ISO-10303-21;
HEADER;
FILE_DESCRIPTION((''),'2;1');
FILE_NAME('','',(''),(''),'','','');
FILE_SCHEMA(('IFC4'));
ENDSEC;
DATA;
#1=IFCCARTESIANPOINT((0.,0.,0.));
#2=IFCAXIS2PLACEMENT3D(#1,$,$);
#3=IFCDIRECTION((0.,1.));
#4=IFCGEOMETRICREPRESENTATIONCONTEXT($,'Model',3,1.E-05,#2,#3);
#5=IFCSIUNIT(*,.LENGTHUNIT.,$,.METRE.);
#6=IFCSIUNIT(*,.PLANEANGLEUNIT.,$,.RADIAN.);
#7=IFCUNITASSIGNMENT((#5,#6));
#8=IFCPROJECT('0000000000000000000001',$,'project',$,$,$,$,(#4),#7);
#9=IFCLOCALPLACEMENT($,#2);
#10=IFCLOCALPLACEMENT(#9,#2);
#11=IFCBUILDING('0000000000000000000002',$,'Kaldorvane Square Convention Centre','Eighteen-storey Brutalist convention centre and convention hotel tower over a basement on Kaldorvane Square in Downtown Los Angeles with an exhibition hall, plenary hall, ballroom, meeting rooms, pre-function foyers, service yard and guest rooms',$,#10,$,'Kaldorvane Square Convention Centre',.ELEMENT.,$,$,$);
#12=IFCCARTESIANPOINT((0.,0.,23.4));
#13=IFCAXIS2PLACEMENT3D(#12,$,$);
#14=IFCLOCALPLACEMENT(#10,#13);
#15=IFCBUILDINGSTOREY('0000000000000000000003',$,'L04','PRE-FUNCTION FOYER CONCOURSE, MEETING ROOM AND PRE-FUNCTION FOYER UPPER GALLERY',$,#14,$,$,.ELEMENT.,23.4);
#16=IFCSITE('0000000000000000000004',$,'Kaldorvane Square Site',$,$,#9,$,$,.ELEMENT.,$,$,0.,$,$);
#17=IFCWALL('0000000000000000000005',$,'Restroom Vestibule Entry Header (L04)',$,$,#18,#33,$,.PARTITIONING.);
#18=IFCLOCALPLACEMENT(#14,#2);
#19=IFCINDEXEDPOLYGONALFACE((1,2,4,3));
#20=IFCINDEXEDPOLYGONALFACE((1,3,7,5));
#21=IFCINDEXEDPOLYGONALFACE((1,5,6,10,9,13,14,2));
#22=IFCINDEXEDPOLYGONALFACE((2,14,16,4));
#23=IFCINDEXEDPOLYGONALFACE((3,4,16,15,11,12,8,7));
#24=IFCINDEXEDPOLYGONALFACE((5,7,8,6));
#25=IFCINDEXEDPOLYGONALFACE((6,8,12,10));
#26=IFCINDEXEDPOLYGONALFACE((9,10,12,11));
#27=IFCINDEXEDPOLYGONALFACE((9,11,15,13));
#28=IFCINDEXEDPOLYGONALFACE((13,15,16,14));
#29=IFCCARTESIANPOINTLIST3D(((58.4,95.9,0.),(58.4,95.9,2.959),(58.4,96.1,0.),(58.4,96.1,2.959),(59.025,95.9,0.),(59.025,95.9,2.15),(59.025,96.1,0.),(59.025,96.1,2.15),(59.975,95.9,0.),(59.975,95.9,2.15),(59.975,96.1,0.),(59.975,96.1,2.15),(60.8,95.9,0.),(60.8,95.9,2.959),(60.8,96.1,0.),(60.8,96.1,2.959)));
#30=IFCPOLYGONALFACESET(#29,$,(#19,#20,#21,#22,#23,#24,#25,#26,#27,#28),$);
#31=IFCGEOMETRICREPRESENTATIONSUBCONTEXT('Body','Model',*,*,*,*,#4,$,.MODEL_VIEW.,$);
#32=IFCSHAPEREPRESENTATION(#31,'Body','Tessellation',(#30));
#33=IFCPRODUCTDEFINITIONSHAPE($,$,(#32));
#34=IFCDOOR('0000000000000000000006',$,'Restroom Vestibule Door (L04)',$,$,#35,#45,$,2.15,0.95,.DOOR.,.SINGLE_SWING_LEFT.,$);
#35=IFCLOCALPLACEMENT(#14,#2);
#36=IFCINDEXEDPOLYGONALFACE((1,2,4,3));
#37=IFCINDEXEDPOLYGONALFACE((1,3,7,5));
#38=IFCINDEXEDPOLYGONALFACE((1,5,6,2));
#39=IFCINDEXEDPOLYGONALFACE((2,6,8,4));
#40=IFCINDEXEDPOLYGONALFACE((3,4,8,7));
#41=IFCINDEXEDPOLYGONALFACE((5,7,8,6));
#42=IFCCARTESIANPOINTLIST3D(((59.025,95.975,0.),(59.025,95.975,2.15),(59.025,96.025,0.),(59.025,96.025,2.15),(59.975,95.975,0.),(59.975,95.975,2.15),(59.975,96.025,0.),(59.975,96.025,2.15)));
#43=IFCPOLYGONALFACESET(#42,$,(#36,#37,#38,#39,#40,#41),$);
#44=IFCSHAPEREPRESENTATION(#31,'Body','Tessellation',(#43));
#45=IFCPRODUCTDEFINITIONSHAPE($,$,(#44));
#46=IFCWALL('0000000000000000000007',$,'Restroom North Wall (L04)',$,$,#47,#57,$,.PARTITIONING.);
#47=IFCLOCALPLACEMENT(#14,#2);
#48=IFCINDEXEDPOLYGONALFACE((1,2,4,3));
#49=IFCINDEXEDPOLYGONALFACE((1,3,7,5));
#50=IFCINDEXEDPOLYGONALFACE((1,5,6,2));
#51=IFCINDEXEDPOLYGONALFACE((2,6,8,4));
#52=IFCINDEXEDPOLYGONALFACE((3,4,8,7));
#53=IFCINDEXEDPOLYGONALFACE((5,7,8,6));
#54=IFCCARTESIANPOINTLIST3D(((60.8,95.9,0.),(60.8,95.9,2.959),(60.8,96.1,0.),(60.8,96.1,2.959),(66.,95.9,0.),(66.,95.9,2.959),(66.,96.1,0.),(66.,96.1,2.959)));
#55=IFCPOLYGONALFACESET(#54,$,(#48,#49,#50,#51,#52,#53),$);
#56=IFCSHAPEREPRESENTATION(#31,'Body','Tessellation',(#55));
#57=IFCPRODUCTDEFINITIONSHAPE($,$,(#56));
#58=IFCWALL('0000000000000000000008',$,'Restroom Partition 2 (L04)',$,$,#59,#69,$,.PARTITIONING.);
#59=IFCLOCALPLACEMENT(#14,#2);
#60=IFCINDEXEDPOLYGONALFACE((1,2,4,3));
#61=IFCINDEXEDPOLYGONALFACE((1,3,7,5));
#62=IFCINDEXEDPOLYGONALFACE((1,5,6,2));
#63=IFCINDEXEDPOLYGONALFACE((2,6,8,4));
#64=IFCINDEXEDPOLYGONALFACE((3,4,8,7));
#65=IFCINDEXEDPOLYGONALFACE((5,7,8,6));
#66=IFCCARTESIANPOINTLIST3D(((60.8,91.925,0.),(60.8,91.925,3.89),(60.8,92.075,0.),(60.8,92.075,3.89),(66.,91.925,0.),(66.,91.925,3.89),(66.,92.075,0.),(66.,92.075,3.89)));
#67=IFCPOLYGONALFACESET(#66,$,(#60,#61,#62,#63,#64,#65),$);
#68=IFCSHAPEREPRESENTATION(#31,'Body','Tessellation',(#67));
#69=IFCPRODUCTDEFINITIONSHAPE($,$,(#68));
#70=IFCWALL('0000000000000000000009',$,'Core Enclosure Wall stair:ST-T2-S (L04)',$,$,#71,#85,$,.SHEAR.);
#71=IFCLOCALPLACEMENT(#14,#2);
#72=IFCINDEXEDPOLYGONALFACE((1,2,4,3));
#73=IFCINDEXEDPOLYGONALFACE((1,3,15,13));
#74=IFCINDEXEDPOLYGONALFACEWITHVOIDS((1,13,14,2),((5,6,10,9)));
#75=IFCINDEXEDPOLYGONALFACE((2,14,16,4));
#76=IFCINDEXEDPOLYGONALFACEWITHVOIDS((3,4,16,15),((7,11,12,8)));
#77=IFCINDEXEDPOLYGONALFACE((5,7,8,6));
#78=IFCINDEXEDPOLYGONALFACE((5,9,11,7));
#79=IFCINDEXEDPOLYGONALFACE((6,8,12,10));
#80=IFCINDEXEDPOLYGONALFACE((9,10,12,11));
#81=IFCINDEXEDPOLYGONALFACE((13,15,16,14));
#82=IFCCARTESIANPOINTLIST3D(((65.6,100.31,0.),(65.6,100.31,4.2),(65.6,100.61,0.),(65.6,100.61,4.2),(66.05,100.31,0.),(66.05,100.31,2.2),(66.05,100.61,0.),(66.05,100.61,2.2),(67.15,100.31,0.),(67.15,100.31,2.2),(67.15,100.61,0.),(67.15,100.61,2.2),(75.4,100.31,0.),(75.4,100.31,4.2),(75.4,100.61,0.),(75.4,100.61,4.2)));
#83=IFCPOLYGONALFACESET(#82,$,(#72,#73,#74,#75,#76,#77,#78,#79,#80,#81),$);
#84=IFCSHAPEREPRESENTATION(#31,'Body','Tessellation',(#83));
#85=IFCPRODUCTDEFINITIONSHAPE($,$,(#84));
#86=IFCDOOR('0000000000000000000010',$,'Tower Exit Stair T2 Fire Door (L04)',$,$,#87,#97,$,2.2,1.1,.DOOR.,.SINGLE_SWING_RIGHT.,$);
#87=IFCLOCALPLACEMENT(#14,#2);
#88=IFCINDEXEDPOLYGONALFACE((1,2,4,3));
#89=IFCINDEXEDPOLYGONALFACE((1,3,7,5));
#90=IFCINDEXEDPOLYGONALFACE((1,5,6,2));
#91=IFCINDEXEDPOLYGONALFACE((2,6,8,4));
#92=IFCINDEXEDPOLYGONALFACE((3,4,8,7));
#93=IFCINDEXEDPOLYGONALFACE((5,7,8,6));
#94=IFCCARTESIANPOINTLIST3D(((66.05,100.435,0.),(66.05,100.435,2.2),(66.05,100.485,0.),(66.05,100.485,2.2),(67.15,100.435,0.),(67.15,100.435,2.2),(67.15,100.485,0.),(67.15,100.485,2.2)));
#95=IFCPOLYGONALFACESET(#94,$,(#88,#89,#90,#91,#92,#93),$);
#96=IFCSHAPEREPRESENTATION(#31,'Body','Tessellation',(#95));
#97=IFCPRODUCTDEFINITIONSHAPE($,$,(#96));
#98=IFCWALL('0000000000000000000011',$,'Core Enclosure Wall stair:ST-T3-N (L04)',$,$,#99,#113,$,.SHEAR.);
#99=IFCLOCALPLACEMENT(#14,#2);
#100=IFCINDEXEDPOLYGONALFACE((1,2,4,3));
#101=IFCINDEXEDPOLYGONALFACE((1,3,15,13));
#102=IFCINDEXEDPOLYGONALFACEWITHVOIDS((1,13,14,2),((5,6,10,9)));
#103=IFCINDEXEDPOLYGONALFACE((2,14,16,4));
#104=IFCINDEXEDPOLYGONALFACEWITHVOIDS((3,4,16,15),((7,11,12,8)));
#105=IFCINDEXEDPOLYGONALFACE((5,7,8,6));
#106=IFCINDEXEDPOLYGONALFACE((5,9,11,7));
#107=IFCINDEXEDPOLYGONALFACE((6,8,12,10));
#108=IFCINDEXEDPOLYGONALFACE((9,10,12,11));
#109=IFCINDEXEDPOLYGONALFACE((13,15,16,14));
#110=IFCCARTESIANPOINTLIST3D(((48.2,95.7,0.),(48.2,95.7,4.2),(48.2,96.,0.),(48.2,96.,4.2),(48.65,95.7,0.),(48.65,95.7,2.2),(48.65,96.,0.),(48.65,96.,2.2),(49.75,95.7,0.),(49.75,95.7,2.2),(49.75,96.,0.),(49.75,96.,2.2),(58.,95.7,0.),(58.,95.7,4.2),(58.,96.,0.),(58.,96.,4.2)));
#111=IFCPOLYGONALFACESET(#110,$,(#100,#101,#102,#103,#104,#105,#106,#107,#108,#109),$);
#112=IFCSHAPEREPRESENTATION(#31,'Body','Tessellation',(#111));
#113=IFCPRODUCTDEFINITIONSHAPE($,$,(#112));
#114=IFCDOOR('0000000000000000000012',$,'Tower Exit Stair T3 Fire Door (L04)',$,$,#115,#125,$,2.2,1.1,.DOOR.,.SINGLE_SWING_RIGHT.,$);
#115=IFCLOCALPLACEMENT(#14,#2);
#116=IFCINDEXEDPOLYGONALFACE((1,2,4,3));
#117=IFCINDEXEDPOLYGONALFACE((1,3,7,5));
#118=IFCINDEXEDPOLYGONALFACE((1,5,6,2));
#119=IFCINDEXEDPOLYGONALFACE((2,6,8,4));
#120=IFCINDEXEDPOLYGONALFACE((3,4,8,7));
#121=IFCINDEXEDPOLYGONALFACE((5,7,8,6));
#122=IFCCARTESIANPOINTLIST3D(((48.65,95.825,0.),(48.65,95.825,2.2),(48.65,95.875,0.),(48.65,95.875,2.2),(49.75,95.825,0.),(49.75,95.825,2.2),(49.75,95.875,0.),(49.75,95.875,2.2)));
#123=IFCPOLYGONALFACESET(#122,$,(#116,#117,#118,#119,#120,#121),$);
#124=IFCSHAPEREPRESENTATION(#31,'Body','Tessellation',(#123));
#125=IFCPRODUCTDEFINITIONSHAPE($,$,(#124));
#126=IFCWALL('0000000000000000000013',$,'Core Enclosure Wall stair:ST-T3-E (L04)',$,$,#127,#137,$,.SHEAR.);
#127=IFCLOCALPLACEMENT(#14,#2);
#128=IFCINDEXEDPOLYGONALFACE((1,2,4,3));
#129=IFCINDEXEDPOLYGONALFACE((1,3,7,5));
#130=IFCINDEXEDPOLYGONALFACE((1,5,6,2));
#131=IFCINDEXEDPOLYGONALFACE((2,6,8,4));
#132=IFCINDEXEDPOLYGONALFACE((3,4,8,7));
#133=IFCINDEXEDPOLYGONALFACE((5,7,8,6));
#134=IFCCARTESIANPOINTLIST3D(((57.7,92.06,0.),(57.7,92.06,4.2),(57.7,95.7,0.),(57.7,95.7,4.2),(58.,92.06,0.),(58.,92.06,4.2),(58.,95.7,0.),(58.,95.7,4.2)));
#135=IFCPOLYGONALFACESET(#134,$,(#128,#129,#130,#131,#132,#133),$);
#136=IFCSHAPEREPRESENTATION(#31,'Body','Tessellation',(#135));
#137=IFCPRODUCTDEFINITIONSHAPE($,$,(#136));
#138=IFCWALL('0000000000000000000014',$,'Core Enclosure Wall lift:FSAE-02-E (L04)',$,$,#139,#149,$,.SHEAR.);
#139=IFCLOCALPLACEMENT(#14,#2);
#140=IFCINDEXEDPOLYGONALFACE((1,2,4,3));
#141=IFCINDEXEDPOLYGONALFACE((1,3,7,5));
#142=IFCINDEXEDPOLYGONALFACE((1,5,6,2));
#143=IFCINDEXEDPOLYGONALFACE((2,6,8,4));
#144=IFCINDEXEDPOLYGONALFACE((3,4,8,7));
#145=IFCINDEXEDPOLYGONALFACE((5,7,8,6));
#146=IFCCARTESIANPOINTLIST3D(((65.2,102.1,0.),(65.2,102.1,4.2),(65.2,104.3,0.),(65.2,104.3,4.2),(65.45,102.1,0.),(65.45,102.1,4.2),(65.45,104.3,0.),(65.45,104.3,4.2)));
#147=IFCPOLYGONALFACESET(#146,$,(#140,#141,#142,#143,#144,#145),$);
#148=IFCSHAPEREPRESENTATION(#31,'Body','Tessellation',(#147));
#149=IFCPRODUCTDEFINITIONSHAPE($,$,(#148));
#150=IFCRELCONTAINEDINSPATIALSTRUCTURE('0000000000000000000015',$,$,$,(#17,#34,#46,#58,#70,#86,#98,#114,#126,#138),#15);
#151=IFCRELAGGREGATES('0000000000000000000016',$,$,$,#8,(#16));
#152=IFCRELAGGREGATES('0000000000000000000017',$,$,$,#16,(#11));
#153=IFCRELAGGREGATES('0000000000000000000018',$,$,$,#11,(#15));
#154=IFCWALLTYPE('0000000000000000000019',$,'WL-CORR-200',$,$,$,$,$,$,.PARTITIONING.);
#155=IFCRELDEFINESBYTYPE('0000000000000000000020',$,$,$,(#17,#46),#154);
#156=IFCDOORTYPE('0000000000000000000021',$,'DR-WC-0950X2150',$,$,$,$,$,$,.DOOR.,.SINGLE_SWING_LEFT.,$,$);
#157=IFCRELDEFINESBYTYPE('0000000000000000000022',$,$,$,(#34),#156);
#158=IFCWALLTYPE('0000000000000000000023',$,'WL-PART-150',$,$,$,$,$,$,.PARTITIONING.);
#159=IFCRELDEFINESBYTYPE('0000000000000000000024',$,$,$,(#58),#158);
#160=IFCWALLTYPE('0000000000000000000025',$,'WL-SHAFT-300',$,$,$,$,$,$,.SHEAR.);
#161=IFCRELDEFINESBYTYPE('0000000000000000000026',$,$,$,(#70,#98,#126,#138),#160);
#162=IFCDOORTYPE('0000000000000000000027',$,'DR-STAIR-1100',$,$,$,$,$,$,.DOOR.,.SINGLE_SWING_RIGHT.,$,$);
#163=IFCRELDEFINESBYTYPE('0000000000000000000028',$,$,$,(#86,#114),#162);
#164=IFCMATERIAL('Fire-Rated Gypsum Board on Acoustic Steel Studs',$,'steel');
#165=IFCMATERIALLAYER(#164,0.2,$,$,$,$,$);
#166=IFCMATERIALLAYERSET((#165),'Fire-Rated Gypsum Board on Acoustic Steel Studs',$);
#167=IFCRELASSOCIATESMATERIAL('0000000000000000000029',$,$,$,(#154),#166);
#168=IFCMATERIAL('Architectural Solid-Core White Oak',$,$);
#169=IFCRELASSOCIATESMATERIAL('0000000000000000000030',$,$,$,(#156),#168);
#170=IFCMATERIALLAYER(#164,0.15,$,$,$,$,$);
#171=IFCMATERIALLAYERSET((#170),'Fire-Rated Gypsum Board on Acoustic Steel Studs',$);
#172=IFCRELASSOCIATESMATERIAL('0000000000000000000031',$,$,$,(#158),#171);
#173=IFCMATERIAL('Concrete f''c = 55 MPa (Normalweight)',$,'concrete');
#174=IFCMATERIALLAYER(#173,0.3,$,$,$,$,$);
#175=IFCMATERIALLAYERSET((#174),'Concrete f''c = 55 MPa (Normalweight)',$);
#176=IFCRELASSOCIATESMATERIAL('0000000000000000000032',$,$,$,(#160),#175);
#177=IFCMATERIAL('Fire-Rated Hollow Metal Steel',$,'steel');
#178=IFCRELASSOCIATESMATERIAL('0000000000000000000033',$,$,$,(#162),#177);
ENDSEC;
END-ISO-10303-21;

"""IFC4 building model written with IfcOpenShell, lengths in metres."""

from ifc_helpers import new_model, si_unit, direction, frame, frame_2d, origin, place, context, subcontext, project, spatial, rectangle, extrude, material, layer, layer_set, type_object, element, fill, save


model = new_model("IFC4")

# Units and contexts
model_context = context("Model", 3, precision=1e-05, world=origin(), true_north=direction((0.0, 1.0)))
body_context = subcontext(model_context, "Body", "Model", "MODEL_VIEW")
ifc_project = project(units=[si_unit("LENGTHUNIT", "METRE"), si_unit("PLANEANGLEUNIT", "RADIAN")], contexts=[model_context])

# Site, building, storey
site_placement = place(None, origin())
site = spatial("IfcSite", under=ifc_project, at=site_placement, Name="Kaldorvane Square Site", CompositionType="ELEMENT", RefElevation=0.0)
building_placement = place(site_placement, origin())
building = spatial("IfcBuilding", under=site, at=building_placement, Name="Kaldorvane Square Convention Centre", Description="Eighteen-storey Brutalist convention centre and convention hotel tower over a basement on Kaldorvane Square in Downtown Los Angeles with an exhibition hall, plenary hall, ballroom, meeting rooms, pre-function foyers, service yard and guest rooms", LongName="Kaldorvane Square Convention Centre", CompositionType="ELEMENT")
storey_placement = place(building_placement, frame((0.0, 0.0, 23.4)))
storey = spatial("IfcBuildingStorey", under=building, at=storey_placement, Name="L04", Description="PRE-FUNCTION FOYER CONCOURSE, MEETING ROOM AND PRE-FUNCTION FOYER UPPER GALLERY", CompositionType="ELEMENT", Elevation=23.4)

# Wall, opening, door
ifc_material_1 = material(Name="Fire-Rated Gypsum Board on Acoustic Steel Studs", Category="steel")
ifc_layer_1 = layer(ifc_material_1, 0.2)
ifc_layer_set_1 = layer_set([ifc_layer_1], Name="Fire-Rated Gypsum Board on Acoustic Steel Studs")
wall_type_1 = type_object("IfcWallType", Name="WL-CORR-200", PredefinedType="PARTITIONING", material=ifc_layer_set_1)
wall_1_placement = place(storey_placement, frame((58.4, 96.0, 0.0), z_axis=(0.0, 0.0, 1.0), x_axis=(1.0, 0.0, 0.0)))
wall_1 = element("IfcWall", 1, at=wall_1_placement, inside=storey, type_object=wall_type_1, Name="Restroom Vestibule Entry Header (L04)", PredefinedType="PARTITIONING", context=body_context, shape_type="SweptSolid", body=[
    extrude(rectangle(XDim=2.4, YDim=0.2, at=frame_2d((1.2, 0.0))), origin(), (0.0, 0.0, 1.0), 2.959),
])
opening_1_placement = place(wall_1_placement, frame((0.625, 0.0, 0.0)))
opening_1 = element("IfcOpeningElement", 2, at=opening_1_placement, cuts=wall_1, PredefinedType="OPENING", context=body_context, shape_type="SweptSolid", body=[
    extrude(rectangle(XDim=0.95, YDim=2.15, at=frame_2d((0.475, 1.075))), frame((0.0, 0.115, 0.0), z_axis=(0.0, -1.0, 0.0), x_axis=(1.0, 0.0, 0.0)), (0.0, 0.0, 1.0), 0.23),
])
ifc_material_2 = material(Name="Architectural Solid-Core White Oak")
door_type_1 = type_object("IfcDoorType", Name="DR-WC-0950X2150", OperationType="SINGLE_SWING_LEFT", PredefinedType="DOOR", material=ifc_material_2)
door_1_placement = place(opening_1_placement, origin())
door_1 = element("IfcDoor", 3, at=door_1_placement, inside=storey, type_object=door_type_1, Name="Restroom Vestibule Door (L04)", OperationType="SINGLE_SWING_LEFT", OverallHeight=2.15, OverallWidth=0.95, PredefinedType="DOOR", context=body_context, shape_type="SweptSolid", body=[
    extrude(rectangle(XDim=0.95, YDim=2.15, at=frame_2d((0.475, 1.075))), frame((0.0, 0.025, 0.0), z_axis=(0.0, -1.0, 0.0), x_axis=(1.0, 0.0, 0.0)), (0.0, 0.0, 1.0), 0.05),
])
fill(opening_1, door_1)

# Walls
wall_2_placement = place(storey_placement, frame((60.8, 96.0, 0.0), z_axis=(0.0, 0.0, 1.0), x_axis=(1.0, 0.0, 0.0)))
element("IfcWall", 4, at=wall_2_placement, inside=storey, type_object=wall_type_1, Name="Restroom North Wall (L04)", PredefinedType="PARTITIONING", context=body_context, shape_type="SweptSolid", body=[
    extrude(rectangle(XDim=5.2, YDim=0.2, at=frame_2d((2.6, 0.0))), origin(), (0.0, 0.0, 1.0), 2.959),
])
ifc_layer_2 = layer(ifc_material_1, 0.15)
ifc_layer_set_2 = layer_set([ifc_layer_2], Name="Fire-Rated Gypsum Board on Acoustic Steel Studs")
wall_type_2 = type_object("IfcWallType", Name="WL-PART-150", PredefinedType="PARTITIONING", material=ifc_layer_set_2)
wall_3_placement = place(storey_placement, frame((60.8, 92.0, 0.0), z_axis=(0.0, 0.0, 1.0), x_axis=(1.0, 0.0, 0.0)))
element("IfcWall", 5, at=wall_3_placement, inside=storey, type_object=wall_type_2, Name="Restroom Partition 2 (L04)", PredefinedType="PARTITIONING", context=body_context, shape_type="SweptSolid", body=[
    extrude(rectangle(XDim=5.2, YDim=0.15, at=frame_2d((2.6, 0.0))), origin(), (0.0, 0.0, 1.0), 3.89),
])

# Walls, openings, doors
ifc_material_3 = material(Name="Concrete f'c = 55 MPa (Normalweight)", Category="concrete")
ifc_layer_3 = layer(ifc_material_3, 0.3)
ifc_layer_set_3 = layer_set([ifc_layer_3], Name="Concrete f'c = 55 MPa (Normalweight)")
wall_type_3 = type_object("IfcWallType", Name="WL-SHAFT-300", PredefinedType="SHEAR", material=ifc_layer_set_3)
wall_4_placement = place(storey_placement, frame((65.6, 100.46, 0.0), z_axis=(0.0, 0.0, 1.0), x_axis=(1.0, 0.0, 0.0)))
wall_4 = element("IfcWall", 6, at=wall_4_placement, inside=storey, type_object=wall_type_3, Name="Core Enclosure Wall stair:ST-T2-S (L04)", PredefinedType="SHEAR", context=body_context, shape_type="SweptSolid", body=[
    extrude(rectangle(XDim=9.8, YDim=0.3, at=frame_2d((4.9, 0.0))), origin(), (0.0, 0.0, 1.0), 4.2),
])
opening_2_placement = place(wall_4_placement, frame((0.45, 0.0, 0.0)))
opening_2 = element("IfcOpeningElement", 7, at=opening_2_placement, cuts=wall_4, PredefinedType="OPENING", context=body_context, shape_type="SweptSolid", body=[
    extrude(rectangle(XDim=1.1, YDim=2.2, at=frame_2d((0.55, 1.1))), frame((0.0, 0.165, 0.0), z_axis=(0.0, -1.0, 0.0), x_axis=(1.0, 0.0, 0.0)), (0.0, 0.0, 1.0), 0.33),
])
ifc_material_4 = material(Name="Fire-Rated Hollow Metal Steel", Category="steel")
door_type_2 = type_object("IfcDoorType", Name="DR-STAIR-1100", OperationType="SINGLE_SWING_RIGHT", PredefinedType="DOOR", material=ifc_material_4)
door_2_placement = place(opening_2_placement, origin())
door_2 = element("IfcDoor", 8, at=door_2_placement, inside=storey, type_object=door_type_2, Name="Tower Exit Stair T2 Fire Door (L04)", OperationType="SINGLE_SWING_RIGHT", OverallHeight=2.2, OverallWidth=1.1, PredefinedType="DOOR", context=body_context, shape_type="SweptSolid", body=[
    extrude(rectangle(XDim=1.1, YDim=2.2, at=frame_2d((0.55, 1.1))), frame((0.0, 0.025, 0.0), z_axis=(0.0, -1.0, 0.0), x_axis=(1.0, 0.0, 0.0)), (0.0, 0.0, 1.0), 0.05),
])
fill(opening_2, door_2)
wall_5_placement = place(storey_placement, frame((58.0, 95.85, 0.0), z_axis=(0.0, 0.0, 1.0), x_axis=(-1.0, 0.0, 0.0)))
wall_5 = element("IfcWall", 9, at=wall_5_placement, inside=storey, type_object=wall_type_3, Name="Core Enclosure Wall stair:ST-T3-N (L04)", PredefinedType="SHEAR", context=body_context, shape_type="SweptSolid", body=[
    extrude(rectangle(XDim=9.8, YDim=0.3, at=frame_2d((4.9, 0.0))), origin(), (0.0, 0.0, 1.0), 4.2),
])
opening_3_placement = place(wall_5_placement, frame((8.25, 0.0, 0.0)))
opening_3 = element("IfcOpeningElement", 10, at=opening_3_placement, cuts=wall_5, PredefinedType="OPENING", context=body_context, shape_type="SweptSolid", body=[
    extrude(rectangle(XDim=1.1, YDim=2.2, at=frame_2d((0.55, 1.1))), frame((0.0, 0.165, 0.0), z_axis=(0.0, -1.0, 0.0), x_axis=(1.0, 0.0, 0.0)), (0.0, 0.0, 1.0), 0.33),
])
door_3_placement = place(opening_3_placement, origin())
door_3 = element("IfcDoor", 11, at=door_3_placement, inside=storey, type_object=door_type_2, Name="Tower Exit Stair T3 Fire Door (L04)", OperationType="SINGLE_SWING_RIGHT", OverallHeight=2.2, OverallWidth=1.1, PredefinedType="DOOR", context=body_context, shape_type="SweptSolid", body=[
    extrude(rectangle(XDim=1.1, YDim=2.2, at=frame_2d((0.55, 1.1))), frame((0.0, 0.025, 0.0), z_axis=(0.0, -1.0, 0.0), x_axis=(1.0, 0.0, 0.0)), (0.0, 0.0, 1.0), 0.05),
])
fill(opening_3, door_3)

# Wall
wall_6_placement = place(storey_placement, frame((57.85, 92.06, 0.0), z_axis=(0.0, 0.0, 1.0), x_axis=(0.0, 1.0, 0.0)))
element("IfcWall", 12, at=wall_6_placement, inside=storey, type_object=wall_type_3, Name="Core Enclosure Wall stair:ST-T3-E (L04)", PredefinedType="SHEAR", context=body_context, shape_type="SweptSolid", body=[
    extrude(rectangle(XDim=3.64, YDim=0.3, at=frame_2d((1.82, 0.0))), origin(), (0.0, 0.0, 1.0), 4.2),
])

# Wall
wall_7_placement = place(storey_placement, frame((65.325, 102.1, 0.0), z_axis=(0.0, 0.0, 1.0), x_axis=(0.0, 1.0, 0.0)))
element("IfcWall", 13, at=wall_7_placement, inside=storey, type_object=wall_type_3, Name="Core Enclosure Wall lift:FSAE-02-E (L04)", PredefinedType="SHEAR", context=body_context, shape_type="SweptSolid", body=[
    extrude(rectangle(XDim=2.2, YDim=0.25, at=frame_2d((1.1, 0.0))), origin(), (0.0, 0.0, 1.0), 4.2),
])

save(model, "model.ifc")
